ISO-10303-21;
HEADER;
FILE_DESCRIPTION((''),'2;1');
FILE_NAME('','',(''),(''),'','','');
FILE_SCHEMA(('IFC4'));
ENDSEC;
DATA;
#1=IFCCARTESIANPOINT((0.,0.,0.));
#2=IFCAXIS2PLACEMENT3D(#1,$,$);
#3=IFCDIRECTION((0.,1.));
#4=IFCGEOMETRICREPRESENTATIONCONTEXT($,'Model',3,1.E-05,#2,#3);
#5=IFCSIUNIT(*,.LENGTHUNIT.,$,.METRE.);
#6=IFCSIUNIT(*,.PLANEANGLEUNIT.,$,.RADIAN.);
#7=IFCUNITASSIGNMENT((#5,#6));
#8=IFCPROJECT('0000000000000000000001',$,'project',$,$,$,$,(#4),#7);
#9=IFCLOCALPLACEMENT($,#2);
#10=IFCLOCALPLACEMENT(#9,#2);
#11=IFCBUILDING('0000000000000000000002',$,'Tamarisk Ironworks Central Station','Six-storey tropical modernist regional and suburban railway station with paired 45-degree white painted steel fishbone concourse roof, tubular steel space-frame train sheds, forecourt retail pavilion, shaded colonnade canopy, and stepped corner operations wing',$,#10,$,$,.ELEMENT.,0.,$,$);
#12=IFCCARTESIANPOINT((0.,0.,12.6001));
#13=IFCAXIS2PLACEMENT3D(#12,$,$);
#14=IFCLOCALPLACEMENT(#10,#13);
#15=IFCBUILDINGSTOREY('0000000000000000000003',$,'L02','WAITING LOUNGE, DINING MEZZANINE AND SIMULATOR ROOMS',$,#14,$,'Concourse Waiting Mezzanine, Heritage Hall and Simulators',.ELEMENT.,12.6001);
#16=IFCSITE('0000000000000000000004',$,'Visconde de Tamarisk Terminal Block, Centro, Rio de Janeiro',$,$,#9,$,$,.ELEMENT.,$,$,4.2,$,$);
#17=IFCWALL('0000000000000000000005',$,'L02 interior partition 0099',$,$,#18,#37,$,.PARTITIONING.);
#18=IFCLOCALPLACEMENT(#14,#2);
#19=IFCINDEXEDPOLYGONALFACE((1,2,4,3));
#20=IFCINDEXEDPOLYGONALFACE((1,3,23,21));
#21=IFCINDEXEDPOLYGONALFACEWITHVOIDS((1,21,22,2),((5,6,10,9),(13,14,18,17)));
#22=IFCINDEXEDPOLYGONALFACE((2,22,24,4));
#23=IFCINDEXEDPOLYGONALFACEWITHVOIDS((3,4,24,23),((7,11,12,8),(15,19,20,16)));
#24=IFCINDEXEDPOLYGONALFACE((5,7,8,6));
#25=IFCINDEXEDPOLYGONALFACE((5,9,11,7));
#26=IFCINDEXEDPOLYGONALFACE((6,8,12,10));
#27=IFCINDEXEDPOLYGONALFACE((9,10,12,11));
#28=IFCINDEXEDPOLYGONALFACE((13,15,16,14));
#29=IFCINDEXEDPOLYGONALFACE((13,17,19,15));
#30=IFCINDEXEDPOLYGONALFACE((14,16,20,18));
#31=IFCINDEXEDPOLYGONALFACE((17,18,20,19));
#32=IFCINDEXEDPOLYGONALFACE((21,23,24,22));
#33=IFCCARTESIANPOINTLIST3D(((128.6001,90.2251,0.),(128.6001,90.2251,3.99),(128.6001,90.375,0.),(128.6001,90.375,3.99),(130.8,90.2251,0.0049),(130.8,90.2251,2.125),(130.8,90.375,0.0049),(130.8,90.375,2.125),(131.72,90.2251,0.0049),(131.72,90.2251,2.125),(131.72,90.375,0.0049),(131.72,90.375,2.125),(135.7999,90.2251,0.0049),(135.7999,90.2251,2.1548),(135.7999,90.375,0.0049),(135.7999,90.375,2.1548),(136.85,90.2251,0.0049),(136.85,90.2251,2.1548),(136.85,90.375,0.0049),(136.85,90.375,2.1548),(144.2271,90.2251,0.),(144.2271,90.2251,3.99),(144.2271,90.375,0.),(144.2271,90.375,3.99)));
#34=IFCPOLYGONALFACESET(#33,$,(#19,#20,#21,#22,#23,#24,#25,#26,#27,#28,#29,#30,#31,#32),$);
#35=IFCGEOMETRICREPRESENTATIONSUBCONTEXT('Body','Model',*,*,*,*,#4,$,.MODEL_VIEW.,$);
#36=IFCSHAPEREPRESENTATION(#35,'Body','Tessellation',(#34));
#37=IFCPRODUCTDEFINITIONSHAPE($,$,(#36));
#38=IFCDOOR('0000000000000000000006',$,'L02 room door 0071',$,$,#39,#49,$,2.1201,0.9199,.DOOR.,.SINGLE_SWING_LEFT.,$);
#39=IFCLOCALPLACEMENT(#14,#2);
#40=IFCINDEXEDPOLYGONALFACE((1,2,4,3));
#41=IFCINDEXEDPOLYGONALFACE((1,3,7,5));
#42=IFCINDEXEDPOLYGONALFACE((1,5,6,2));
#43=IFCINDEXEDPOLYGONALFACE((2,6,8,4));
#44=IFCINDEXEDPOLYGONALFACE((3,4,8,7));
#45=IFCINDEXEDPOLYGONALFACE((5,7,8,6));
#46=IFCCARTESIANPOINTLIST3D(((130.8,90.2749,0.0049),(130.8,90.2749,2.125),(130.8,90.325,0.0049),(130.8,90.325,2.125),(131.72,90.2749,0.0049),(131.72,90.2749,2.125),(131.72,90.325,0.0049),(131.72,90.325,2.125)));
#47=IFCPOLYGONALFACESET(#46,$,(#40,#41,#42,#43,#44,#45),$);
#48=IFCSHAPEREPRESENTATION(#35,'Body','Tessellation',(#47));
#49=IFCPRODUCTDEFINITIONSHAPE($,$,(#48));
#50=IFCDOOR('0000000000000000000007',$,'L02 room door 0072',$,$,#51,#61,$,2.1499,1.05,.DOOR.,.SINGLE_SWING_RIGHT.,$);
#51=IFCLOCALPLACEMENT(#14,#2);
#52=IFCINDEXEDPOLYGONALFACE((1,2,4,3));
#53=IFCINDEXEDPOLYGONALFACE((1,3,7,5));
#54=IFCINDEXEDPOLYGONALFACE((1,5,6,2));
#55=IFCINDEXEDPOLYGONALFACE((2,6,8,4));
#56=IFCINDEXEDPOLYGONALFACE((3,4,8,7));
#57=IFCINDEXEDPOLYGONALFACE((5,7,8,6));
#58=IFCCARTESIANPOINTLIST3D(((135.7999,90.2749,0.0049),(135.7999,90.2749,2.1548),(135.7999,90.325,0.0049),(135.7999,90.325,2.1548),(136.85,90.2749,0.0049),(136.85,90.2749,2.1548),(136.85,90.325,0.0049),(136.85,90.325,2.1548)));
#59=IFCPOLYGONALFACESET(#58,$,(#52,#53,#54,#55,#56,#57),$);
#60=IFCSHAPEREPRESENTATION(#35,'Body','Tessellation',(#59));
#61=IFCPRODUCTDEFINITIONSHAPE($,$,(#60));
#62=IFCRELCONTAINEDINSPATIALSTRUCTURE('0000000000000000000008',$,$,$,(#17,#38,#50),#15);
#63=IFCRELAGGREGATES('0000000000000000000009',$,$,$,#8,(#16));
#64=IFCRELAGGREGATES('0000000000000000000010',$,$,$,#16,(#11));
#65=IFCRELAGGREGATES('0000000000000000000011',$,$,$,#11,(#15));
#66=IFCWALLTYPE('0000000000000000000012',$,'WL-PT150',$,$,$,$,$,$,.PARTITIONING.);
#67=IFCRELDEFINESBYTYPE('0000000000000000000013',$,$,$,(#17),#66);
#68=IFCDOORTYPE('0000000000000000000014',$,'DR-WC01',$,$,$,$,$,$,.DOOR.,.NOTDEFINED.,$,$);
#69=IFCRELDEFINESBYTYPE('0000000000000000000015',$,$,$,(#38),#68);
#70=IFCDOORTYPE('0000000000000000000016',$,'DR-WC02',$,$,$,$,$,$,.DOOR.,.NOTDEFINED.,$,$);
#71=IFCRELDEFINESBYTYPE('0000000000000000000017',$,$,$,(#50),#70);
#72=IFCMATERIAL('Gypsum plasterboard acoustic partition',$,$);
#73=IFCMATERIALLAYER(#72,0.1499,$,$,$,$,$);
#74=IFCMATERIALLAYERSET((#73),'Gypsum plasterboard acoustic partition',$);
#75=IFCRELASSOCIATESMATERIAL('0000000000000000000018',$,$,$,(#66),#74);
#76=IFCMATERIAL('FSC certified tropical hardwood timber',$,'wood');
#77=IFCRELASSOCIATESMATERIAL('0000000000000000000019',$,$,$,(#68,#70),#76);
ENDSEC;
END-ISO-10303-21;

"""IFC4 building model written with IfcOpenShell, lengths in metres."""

from ifc_helpers import new_model, si_unit, direction, frame, frame_2d, origin, place, context, subcontext, project, spatial, rectangle, extrude, material, layer, layer_set, type_object, element, fill, save


model = new_model("IFC4")

# Units and contexts
model_context = context("Model", 3, precision=1e-05, world=origin(), true_north=direction((0.0, 1.0)))
body_context = subcontext(model_context, "Body", "Model", "MODEL_VIEW")
ifc_project = project(units=[si_unit("LENGTHUNIT", "METRE"), si_unit("PLANEANGLEUNIT", "RADIAN")], contexts=[model_context])

# Site, building, storey
site_placement = place(None, origin())
site = spatial("IfcSite", under=ifc_project, at=site_placement, Name="Visconde de Tamarisk Terminal Block, Centro, Rio de Janeiro", CompositionType="ELEMENT", RefElevation=4.2)
building_placement = place(site_placement, origin())
building = spatial("IfcBuilding", under=site, at=building_placement, Name="Tamarisk Ironworks Central Station", Description="Six-storey tropical modernist regional and suburban railway station with paired 45-degree white painted steel fishbone concourse roof, tubular steel space-frame train sheds, forecourt retail pavilion, shaded colonnade canopy, and stepped corner operations wing", CompositionType="ELEMENT", ElevationOfRefHeight=0.0)
storey_placement = place(building_placement, frame((0.0, 0.0, 12.6001)))
storey = spatial("IfcBuildingStorey", under=building, at=storey_placement, Name="L02", Description="WAITING LOUNGE, DINING MEZZANINE AND SIMULATOR ROOMS", LongName="Concourse Waiting Mezzanine, Heritage Hall and Simulators", CompositionType="ELEMENT", Elevation=12.6001)

# Shared definitions
ifc_material_1 = material(Name="Gypsum plasterboard acoustic partition")

# Wall, openings, doors
ifc_layer_1 = layer(ifc_material_1, 0.1499)
ifc_layer_set_1 = layer_set([ifc_layer_1], Name="Gypsum plasterboard acoustic partition")
wall_type_1 = type_object("IfcWallType", Name="WL-PT150", PredefinedType="PARTITIONING", material=ifc_layer_set_1)
wall_1_placement = place(storey_placement, frame((128.6001, 90.3, 0.0), z_axis=(0.0, 0.0, 1.0), x_axis=(1.0, 0.0, 0.0)))
wall_1 = element("IfcWall", 1, at=wall_1_placement, inside=storey, type_object=wall_type_1, Name="L02 interior partition 0099", PredefinedType="PARTITIONING", context=body_context, shape_type="SweptSolid", body=[
    extrude(rectangle(XDim=15.627, YDim=0.1499, at=frame_2d((7.8135, 0.0))), origin(), (0.0, 0.0, 1.0), 3.99),
])
opening_1_placement = place(wall_1_placement, frame((2.2, 0.0, 0.0049)))
opening_1 = element("IfcOpeningElement", 2, at=opening_1_placement, cuts=wall_1, PredefinedType="OPENING", context=body_context, shape_type="SweptSolid", body=[
    extrude(rectangle(XDim=0.9199, YDim=2.1201, at=frame_2d((0.46, 1.0601))), frame((0.0, 0.0869, 0.0), z_axis=(0.0, -1.0, 0.0), x_axis=(1.0, 0.0, 0.0)), (0.0, 0.0, 1.0), 0.1738),
])
opening_2_placement = place(wall_1_placement, frame((7.2, 0.0, 0.0049)))
opening_2 = element("IfcOpeningElement", 3, at=opening_2_placement, cuts=wall_1, PredefinedType="OPENING", context=body_context, shape_type="SweptSolid", body=[
    extrude(rectangle(XDim=1.05, YDim=2.1499, at=frame_2d((0.5249, 1.075))), frame((0.0, 0.0869, 0.0), z_axis=(0.0, -1.0, 0.0), x_axis=(1.0, 0.0, 0.0)), (0.0, 0.0, 1.0), 0.1738),
])
ifc_material_2 = material(Name="FSC certified tropical hardwood timber", Category="wood")
door_type_1 = type_object("IfcDoorType", Name="DR-WC01", OperationType="NOTDEFINED", PredefinedType="DOOR", material=ifc_material_2)
door_1_placement = place(opening_1_placement, origin())
door_1 = element("IfcDoor", 4, at=door_1_placement, inside=storey, type_object=door_type_1, Name="L02 room door 0071", OperationType="SINGLE_SWING_LEFT", OverallHeight=2.1201, OverallWidth=0.9199, PredefinedType="DOOR", context=body_context, shape_type="SweptSolid", body=[
    extrude(rectangle(XDim=0.9199, YDim=2.1201, at=frame_2d((0.46, 1.0601))), frame((0.0, 0.0249, 0.0), z_axis=(0.0, -1.0, 0.0), x_axis=(1.0, 0.0, 0.0)), (0.0, 0.0, 1.0), 0.05),
])
fill(opening_1, door_1)
door_type_2 = type_object("IfcDoorType", Name="DR-WC02", OperationType="NOTDEFINED", PredefinedType="DOOR", material=ifc_material_2)
door_2_placement = place(opening_2_placement, origin())
door_2 = element("IfcDoor", 5, at=door_2_placement, inside=storey, type_object=door_type_2, Name="L02 room door 0072", OperationType="SINGLE_SWING_RIGHT", OverallHeight=2.1499, OverallWidth=1.05, PredefinedType="DOOR", context=body_context, shape_type="SweptSolid", body=[
    extrude(rectangle(XDim=1.05, YDim=2.1499, at=frame_2d((0.5249, 1.075))), frame((0.0, 0.0249, 0.0), z_axis=(0.0, -1.0, 0.0), x_axis=(1.0, 0.0, 0.0)), (0.0, 0.0, 1.0), 0.05),
])
fill(opening_2, door_2)

save(model, "model.ifc")
